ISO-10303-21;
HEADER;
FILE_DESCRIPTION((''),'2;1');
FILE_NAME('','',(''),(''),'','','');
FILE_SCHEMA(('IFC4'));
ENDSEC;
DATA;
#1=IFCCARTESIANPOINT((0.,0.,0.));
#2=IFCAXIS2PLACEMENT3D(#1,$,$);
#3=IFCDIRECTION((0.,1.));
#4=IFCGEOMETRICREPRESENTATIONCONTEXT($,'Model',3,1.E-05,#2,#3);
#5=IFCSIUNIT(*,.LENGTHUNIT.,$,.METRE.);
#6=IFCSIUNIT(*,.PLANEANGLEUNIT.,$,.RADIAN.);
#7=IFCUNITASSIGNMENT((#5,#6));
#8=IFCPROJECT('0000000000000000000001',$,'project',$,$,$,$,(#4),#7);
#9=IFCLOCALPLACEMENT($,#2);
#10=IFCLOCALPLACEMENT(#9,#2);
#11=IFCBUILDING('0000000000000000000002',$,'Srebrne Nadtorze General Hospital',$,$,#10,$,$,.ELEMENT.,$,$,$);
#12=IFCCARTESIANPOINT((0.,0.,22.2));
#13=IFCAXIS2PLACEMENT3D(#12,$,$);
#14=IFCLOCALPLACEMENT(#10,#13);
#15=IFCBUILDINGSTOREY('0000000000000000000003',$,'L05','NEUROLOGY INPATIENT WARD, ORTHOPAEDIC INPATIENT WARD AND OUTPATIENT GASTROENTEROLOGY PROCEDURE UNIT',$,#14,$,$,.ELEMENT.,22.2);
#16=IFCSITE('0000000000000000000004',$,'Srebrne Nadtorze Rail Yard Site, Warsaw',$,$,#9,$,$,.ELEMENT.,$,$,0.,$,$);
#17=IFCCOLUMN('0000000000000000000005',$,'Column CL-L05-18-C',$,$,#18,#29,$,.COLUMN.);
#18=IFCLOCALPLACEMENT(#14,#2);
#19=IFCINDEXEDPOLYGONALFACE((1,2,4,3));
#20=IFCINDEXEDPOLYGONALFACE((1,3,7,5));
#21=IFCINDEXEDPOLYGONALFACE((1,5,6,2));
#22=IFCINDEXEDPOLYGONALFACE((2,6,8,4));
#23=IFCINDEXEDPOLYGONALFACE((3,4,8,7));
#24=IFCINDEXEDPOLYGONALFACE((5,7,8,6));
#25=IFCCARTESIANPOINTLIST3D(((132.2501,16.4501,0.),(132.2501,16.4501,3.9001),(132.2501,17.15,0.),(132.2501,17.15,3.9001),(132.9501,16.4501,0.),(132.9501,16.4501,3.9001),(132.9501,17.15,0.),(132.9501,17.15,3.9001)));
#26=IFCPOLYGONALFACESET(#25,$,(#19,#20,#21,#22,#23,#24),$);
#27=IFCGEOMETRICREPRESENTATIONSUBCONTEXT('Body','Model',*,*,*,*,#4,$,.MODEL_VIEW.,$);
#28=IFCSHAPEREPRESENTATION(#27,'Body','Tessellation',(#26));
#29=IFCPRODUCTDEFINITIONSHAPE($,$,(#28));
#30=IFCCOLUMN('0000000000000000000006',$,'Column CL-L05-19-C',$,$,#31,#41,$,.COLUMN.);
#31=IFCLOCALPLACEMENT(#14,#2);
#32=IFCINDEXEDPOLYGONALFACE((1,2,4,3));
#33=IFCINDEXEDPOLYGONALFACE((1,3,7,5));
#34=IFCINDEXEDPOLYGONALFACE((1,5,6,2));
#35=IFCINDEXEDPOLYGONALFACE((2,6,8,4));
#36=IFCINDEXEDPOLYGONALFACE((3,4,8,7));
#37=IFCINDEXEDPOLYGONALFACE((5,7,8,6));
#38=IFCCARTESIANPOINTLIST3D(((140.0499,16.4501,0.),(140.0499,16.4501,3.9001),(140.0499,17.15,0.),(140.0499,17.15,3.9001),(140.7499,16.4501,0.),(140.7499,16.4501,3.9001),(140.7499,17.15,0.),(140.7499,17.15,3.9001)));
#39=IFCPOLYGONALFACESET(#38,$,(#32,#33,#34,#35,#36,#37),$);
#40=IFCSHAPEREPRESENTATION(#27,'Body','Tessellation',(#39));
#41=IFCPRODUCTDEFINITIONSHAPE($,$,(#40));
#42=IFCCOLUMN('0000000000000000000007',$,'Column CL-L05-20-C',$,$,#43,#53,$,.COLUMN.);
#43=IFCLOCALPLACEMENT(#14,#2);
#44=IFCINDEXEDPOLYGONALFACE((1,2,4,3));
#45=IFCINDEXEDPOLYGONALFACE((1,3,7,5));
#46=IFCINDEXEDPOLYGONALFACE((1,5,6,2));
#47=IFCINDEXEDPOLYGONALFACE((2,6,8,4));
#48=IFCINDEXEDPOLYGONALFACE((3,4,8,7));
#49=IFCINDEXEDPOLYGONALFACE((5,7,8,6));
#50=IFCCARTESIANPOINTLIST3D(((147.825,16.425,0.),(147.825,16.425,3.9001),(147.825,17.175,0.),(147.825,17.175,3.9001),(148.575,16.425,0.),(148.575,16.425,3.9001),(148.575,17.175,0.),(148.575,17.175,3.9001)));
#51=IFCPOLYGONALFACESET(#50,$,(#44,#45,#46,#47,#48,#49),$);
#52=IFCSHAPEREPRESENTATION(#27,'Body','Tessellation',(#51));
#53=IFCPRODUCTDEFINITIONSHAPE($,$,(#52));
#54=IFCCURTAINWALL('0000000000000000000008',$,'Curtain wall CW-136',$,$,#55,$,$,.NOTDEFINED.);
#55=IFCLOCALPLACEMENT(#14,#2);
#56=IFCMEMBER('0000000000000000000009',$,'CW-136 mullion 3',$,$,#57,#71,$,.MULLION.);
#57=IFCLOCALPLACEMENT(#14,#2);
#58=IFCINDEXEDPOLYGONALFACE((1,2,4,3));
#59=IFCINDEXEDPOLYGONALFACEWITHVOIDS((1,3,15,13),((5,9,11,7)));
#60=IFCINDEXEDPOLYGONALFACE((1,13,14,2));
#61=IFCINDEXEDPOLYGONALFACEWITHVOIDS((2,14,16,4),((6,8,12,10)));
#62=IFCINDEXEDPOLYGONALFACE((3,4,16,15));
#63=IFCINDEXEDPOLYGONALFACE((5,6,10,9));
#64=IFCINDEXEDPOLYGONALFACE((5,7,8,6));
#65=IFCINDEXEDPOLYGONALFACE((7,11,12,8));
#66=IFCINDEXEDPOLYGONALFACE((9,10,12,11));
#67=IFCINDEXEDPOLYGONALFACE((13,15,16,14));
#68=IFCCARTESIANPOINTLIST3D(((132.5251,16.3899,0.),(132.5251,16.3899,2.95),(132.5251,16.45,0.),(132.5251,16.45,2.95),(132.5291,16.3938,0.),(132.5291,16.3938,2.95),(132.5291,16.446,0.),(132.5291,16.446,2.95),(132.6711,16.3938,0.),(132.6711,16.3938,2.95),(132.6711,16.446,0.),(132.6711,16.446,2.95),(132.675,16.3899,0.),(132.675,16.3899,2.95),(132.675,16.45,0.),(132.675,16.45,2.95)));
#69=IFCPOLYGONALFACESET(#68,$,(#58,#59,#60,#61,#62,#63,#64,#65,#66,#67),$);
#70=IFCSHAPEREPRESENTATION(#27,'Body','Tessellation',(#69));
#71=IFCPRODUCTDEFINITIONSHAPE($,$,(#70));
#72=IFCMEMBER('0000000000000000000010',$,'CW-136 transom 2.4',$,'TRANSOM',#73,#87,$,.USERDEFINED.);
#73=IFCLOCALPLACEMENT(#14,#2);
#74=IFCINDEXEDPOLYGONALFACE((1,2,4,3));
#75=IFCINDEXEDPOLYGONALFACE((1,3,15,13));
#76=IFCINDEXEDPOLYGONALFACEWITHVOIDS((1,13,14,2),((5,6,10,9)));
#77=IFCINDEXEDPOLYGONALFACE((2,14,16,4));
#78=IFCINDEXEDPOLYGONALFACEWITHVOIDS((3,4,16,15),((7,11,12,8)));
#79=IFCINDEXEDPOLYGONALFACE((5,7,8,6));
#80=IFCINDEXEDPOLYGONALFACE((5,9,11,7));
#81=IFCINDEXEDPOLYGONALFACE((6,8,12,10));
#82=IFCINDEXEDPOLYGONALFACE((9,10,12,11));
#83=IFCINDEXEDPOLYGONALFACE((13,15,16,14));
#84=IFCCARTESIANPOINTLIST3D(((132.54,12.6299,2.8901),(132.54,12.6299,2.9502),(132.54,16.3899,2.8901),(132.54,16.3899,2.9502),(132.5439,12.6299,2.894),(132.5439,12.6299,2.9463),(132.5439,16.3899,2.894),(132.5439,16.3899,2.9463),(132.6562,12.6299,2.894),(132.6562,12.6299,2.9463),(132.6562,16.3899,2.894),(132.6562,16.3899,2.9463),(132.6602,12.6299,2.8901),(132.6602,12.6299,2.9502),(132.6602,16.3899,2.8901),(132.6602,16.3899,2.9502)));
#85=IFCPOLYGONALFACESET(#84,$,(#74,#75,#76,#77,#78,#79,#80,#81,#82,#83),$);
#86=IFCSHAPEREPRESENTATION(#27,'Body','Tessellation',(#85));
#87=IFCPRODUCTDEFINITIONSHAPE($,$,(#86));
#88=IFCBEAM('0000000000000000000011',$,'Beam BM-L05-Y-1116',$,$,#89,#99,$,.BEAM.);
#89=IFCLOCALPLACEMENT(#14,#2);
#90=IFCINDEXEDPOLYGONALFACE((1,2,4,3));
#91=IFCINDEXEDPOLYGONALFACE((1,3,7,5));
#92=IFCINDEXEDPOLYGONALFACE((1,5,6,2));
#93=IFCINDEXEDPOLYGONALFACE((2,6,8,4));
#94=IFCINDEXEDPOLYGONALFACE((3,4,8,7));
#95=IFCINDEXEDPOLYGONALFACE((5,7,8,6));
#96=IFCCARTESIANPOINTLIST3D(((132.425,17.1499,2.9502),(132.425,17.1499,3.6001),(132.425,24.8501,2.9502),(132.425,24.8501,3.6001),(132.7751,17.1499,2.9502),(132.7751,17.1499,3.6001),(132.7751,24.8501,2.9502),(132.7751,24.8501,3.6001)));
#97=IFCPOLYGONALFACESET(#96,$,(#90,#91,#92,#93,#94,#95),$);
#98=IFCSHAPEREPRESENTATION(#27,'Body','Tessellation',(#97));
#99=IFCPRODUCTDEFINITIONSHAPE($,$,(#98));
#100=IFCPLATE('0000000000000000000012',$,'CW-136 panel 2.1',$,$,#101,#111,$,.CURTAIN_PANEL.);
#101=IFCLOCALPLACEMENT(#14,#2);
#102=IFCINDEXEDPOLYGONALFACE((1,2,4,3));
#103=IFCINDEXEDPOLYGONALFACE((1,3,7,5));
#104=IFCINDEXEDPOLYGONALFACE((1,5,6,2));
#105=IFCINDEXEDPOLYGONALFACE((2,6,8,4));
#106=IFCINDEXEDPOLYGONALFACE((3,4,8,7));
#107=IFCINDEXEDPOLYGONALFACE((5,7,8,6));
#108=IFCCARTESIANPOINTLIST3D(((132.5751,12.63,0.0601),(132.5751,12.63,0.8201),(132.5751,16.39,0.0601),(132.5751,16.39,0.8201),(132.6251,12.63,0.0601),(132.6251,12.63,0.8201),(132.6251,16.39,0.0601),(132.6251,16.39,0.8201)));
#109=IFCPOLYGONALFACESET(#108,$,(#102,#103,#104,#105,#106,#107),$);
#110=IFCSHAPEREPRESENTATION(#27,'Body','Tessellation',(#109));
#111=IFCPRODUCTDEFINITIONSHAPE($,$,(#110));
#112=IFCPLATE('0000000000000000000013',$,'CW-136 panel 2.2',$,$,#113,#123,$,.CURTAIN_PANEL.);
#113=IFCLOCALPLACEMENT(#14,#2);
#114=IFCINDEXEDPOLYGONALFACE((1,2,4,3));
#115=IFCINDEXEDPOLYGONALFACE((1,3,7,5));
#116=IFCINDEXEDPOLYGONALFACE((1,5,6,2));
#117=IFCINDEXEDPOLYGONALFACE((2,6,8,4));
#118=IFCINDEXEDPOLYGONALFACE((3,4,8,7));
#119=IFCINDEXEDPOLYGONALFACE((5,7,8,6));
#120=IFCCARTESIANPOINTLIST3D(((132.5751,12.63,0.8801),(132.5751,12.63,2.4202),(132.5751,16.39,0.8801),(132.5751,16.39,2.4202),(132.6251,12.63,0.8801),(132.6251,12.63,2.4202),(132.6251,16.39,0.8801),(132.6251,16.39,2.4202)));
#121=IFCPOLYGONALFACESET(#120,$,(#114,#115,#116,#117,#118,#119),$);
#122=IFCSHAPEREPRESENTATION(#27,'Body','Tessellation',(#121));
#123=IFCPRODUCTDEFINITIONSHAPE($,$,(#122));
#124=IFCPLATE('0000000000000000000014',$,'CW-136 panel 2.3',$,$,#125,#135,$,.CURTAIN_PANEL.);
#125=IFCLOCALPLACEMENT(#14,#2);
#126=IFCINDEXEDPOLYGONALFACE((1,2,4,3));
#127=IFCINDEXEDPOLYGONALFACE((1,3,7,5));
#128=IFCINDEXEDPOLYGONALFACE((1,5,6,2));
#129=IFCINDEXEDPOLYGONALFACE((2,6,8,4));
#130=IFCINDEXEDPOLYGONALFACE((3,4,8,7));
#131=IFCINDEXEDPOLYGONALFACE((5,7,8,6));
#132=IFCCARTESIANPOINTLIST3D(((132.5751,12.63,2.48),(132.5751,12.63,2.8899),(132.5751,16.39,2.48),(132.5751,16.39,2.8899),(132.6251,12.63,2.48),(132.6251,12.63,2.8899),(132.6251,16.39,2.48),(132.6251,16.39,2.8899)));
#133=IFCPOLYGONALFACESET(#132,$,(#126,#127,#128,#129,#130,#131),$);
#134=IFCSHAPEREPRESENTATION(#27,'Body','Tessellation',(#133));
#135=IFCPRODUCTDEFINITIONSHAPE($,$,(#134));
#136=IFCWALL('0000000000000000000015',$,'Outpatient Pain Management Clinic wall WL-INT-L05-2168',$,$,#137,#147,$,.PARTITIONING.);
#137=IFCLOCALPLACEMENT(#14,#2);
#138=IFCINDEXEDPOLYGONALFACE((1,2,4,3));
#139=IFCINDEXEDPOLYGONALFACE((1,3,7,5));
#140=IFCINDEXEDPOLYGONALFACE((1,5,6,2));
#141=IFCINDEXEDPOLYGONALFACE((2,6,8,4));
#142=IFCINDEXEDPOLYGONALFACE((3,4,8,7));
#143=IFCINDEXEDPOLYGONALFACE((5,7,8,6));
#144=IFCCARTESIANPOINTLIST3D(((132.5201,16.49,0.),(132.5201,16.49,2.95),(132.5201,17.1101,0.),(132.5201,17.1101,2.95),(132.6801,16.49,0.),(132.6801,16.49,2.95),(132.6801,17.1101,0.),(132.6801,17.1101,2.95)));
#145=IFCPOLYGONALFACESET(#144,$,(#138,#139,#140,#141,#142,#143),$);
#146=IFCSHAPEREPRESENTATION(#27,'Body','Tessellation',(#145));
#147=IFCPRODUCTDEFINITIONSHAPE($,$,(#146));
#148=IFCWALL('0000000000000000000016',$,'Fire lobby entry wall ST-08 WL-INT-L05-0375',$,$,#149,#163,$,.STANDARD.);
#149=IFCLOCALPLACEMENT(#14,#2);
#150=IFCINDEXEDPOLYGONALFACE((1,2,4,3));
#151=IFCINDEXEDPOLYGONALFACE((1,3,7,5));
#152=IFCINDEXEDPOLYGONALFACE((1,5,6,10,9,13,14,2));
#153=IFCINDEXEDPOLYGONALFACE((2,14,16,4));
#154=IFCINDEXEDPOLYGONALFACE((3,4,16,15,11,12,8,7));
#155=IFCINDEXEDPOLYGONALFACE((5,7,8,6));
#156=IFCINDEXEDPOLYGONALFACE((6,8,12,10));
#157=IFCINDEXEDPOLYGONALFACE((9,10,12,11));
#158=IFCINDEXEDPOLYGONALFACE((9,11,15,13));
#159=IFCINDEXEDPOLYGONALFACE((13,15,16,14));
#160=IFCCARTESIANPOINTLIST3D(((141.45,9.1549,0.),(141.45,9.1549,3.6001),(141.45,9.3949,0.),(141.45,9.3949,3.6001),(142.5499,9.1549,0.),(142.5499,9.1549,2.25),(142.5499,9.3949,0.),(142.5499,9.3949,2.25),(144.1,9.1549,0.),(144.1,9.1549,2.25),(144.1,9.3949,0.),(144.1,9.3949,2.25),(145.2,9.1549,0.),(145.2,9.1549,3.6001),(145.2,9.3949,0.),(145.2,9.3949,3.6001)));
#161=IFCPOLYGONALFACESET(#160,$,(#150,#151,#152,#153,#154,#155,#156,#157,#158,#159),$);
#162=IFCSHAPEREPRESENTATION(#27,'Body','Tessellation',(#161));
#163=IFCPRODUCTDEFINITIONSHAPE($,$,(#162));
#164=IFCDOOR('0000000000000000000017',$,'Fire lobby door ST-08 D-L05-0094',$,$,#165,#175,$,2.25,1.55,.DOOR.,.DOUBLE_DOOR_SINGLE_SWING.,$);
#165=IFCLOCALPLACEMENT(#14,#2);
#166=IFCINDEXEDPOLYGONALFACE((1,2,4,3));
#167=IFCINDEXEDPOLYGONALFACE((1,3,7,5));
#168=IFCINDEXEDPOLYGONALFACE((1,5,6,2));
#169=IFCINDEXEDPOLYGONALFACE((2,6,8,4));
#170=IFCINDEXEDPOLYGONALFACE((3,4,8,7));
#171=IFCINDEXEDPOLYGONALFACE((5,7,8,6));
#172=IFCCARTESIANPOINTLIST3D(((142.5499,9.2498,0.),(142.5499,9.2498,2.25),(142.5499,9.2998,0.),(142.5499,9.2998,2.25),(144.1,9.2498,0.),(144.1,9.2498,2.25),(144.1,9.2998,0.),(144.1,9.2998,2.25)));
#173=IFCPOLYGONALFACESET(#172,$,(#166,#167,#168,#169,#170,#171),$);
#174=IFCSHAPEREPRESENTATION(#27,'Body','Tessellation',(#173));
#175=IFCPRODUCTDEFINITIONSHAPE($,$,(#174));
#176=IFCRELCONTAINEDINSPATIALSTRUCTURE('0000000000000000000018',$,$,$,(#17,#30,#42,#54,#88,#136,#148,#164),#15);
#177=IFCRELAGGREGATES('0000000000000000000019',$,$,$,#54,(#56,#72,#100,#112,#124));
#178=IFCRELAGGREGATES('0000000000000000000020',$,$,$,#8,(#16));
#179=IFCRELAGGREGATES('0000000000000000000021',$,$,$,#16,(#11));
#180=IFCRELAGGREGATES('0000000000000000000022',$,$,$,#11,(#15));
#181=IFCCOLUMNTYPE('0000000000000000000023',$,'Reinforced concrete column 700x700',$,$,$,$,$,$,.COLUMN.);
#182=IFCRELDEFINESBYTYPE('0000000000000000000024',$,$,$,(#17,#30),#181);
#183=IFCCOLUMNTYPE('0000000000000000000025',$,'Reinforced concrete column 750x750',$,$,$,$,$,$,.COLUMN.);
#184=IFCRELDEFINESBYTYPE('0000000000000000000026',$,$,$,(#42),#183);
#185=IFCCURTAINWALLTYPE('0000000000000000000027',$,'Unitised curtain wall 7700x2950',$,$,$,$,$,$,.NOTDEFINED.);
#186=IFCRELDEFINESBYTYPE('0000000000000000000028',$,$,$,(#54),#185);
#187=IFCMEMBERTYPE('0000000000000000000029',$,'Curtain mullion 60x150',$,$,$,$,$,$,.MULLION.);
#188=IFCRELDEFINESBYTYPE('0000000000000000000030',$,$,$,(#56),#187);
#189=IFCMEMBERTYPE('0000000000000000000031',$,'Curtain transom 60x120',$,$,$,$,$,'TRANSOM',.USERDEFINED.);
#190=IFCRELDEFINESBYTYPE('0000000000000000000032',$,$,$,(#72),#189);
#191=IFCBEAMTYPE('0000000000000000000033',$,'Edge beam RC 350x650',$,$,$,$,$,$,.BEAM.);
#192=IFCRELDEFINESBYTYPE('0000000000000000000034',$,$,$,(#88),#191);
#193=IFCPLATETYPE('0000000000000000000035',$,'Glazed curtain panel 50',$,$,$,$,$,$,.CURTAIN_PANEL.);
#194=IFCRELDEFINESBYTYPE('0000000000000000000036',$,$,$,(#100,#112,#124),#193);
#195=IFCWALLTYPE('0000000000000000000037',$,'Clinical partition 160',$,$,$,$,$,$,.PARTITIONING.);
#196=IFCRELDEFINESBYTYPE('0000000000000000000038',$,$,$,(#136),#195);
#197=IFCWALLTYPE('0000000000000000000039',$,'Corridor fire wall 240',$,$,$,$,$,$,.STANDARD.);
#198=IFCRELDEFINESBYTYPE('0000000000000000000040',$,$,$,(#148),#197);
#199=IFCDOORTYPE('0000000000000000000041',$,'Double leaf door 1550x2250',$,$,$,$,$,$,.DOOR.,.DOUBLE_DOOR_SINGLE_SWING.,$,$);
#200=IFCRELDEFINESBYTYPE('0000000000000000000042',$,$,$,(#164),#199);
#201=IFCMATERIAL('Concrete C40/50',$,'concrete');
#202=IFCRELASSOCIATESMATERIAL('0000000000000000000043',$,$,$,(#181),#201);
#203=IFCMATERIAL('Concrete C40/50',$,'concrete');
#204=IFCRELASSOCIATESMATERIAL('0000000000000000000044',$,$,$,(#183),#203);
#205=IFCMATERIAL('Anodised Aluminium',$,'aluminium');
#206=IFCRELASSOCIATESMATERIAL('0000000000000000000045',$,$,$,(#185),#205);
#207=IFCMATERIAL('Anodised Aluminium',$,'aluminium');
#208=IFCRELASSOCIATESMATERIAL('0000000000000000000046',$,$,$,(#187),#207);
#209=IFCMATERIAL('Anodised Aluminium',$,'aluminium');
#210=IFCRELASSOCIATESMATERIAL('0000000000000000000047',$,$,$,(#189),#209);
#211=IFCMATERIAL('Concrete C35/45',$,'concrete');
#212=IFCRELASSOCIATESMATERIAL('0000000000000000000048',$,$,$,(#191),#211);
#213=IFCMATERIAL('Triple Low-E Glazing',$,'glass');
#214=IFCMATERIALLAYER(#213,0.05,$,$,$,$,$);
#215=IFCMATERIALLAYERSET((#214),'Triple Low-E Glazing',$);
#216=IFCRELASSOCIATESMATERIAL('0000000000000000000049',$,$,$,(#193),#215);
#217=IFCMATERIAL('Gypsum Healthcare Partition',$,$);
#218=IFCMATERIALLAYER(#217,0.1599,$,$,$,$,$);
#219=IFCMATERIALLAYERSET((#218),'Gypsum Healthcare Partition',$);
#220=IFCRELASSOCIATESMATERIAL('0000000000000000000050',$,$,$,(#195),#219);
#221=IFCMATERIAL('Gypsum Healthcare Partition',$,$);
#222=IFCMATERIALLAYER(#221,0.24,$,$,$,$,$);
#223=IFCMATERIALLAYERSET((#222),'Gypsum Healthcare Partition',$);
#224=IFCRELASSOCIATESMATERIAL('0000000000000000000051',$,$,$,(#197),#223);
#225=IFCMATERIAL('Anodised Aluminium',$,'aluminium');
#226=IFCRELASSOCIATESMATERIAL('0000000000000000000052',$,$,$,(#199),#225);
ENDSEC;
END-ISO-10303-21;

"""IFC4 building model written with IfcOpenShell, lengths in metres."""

from ifc_helpers import new_model, si_unit, direction, frame, frame_2d, origin, origin_2d, place, context, subcontext, project, spatial, rectangle, hollow_rectangle, extrude, material, layer, layer_set, material_profile, profile_set, type_object, element, fill, aggregate, save


model = new_model("IFC4")

# Units and contexts
model_context = context("Model", 3, precision=1e-05, world=origin(), true_north=direction((0.0, 1.0)))
body_context = subcontext(model_context, "Body", "Model", "MODEL_VIEW")
ifc_project = project(units=[si_unit("LENGTHUNIT", "METRE"), si_unit("PLANEANGLEUNIT", "RADIAN")], contexts=[model_context])

# Site, building, storey
site_placement = place(None, origin())
site = spatial("IfcSite", under=ifc_project, at=site_placement, Name="Srebrne Nadtorze Rail Yard Site, Warsaw", CompositionType="ELEMENT", RefElevation=0.0)
building_placement = place(site_placement, origin())
building = spatial("IfcBuilding", under=site, at=building_placement, Name="Srebrne Nadtorze General Hospital", CompositionType="ELEMENT")
storey_placement = place(building_placement, frame((0.0, 0.0, 22.2)))
storey = spatial("IfcBuildingStorey", under=building, at=storey_placement, Name="L05", Description="NEUROLOGY INPATIENT WARD, ORTHOPAEDIC INPATIENT WARD AND OUTPATIENT GASTROENTEROLOGY PROCEDURE UNIT", CompositionType="ELEMENT", Elevation=22.2)

# Columns
ifc_material_1 = material(Name="Concrete C40/50", Category="concrete")
ifc_material_profile_1 = material_profile(ifc_material_1, rectangle(XDim=0.7, YDim=0.7, at=origin_2d()), Name="RC-COL-700x700")
ifc_profile_set_1 = profile_set([ifc_material_profile_1], Name="Concrete C40/50")
column_type_1 = type_object("IfcColumnType", Name="Reinforced concrete column 700x700", PredefinedType="COLUMN", material=ifc_profile_set_1)
for number, where, z_axis, x_axis, name in (
    (1, (132.6001, 16.8, 0.0), (0.0, 0.0, 1.0), (1.0, 0.0, 0.0), "Column CL-L05-18-C"),
    (2, (140.3999, 16.8, 0.0), (0.0, 0.0, 1.0), (1.0, 0.0, 0.0), "Column CL-L05-19-C"),
):
    element("IfcColumn", number, at=place(storey_placement, frame(where, z_axis=z_axis, x_axis=x_axis)), inside=storey, type_object=column_type_1, Name=name, PredefinedType="COLUMN", context=body_context, shape_type="SweptSolid", body=[
        extrude(rectangle(XDim=0.7, YDim=0.7, at=origin_2d()), origin(), (0.0, 0.0, 1.0), 3.9001),
    ])
ifc_material_2 = material(Name="Concrete C40/50", Category="concrete")
ifc_material_profile_2 = material_profile(ifc_material_2, rectangle(XDim=0.75, YDim=0.75, at=origin_2d()), Name="RC-COL-750x750")
ifc_profile_set_2 = profile_set([ifc_material_profile_2], Name="Concrete C40/50")
column_type_2 = type_object("IfcColumnType", Name="Reinforced concrete column 750x750", PredefinedType="COLUMN", material=ifc_profile_set_2)
column_placement = place(storey_placement, frame((148.2, 16.8, 0.0), z_axis=(0.0, 0.0, 1.0), x_axis=(1.0, 0.0, 0.0)))
element("IfcColumn", 3, at=column_placement, inside=storey, type_object=column_type_2, Name="Column CL-L05-20-C", PredefinedType="COLUMN", context=body_context, shape_type="SweptSolid", body=[
    extrude(rectangle(XDim=0.75, YDim=0.75, at=origin_2d()), origin(), (0.0, 0.0, 1.0), 3.9001),
])

# Curtain wall, members
ifc_material_3 = material(Name="Anodised Aluminium", Category="aluminium")
curtain_wall_type = type_object("IfcCurtainWallType", Name="Unitised curtain wall 7700x2950", PredefinedType="NOTDEFINED", material=ifc_material_3)
curtain_wall_placement = place(storey_placement, origin())
curtain_wall = element("IfcCurtainWall", 4, at=curtain_wall_placement, inside=storey, type_object=curtain_wall_type, Name="Curtain wall CW-136", PredefinedType="NOTDEFINED")
ifc_material_4 = material(Name="Anodised Aluminium", Category="aluminium")
ifc_material_profile_3 = material_profile(ifc_material_4, hollow_rectangle(XDim=0.0601, YDim=0.1499, WallThickness=0.0039, at=origin_2d()), Name="AL-MUL-60x150")
ifc_profile_set_3 = profile_set([ifc_material_profile_3], Name="Anodised Aluminium")
member_type_1 = type_object("IfcMemberType", Name="Curtain mullion 60x150", PredefinedType="MULLION", material=ifc_profile_set_3)
member_1_placement = place(storey_placement, frame((132.6001, 16.4199, 0.0), z_axis=(0.0, 0.0, 1.0), x_axis=(0.0, 1.0, 0.0)))
member_1 = element("IfcMember", 5, at=member_1_placement, type_object=member_type_1, Name="CW-136 mullion 3", PredefinedType="MULLION", context=body_context, shape_type="SweptSolid", body=[
    extrude(hollow_rectangle(XDim=0.0601, YDim=0.1499, WallThickness=0.0039, at=origin_2d()), origin(), (0.0, 0.0, 1.0), 2.95),
])
ifc_material_5 = material(Name="Anodised Aluminium", Category="aluminium")
ifc_material_profile_4 = material_profile(ifc_material_5, hollow_rectangle(XDim=0.0601, YDim=0.1201, WallThickness=0.0039, at=origin_2d()), Name="AL-TRN-60x120")
ifc_profile_set_4 = profile_set([ifc_material_profile_4], Name="Anodised Aluminium")
member_type_2 = type_object("IfcMemberType", Name="Curtain transom 60x120", ElementType="TRANSOM", PredefinedType="USERDEFINED", material=ifc_profile_set_4)
member_2_placement = place(storey_placement, frame((132.6001, 12.6299, 2.9202), z_axis=(0.0, 1.0, 0.0), x_axis=(0.0, 0.0, 1.0)))
member_2 = element("IfcMember", 6, at=member_2_placement, type_object=member_type_2, Name="CW-136 transom 2.4", ObjectType="TRANSOM", PredefinedType="USERDEFINED", context=body_context, shape_type="SweptSolid", body=[
    extrude(hollow_rectangle(XDim=0.0601, YDim=0.1201, WallThickness=0.0039, at=origin_2d()), origin(), (0.0, 0.0, 1.0), 3.76),
])

# Beam
ifc_material_6 = material(Name="Concrete C35/45", Category="concrete")
ifc_material_profile_5 = material_profile(ifc_material_6, rectangle(XDim=0.3501, YDim=0.6499, at=origin_2d()), Name="RC-BM-350x650")
ifc_profile_set_5 = profile_set([ifc_material_profile_5], Name="Concrete C35/45")
beam_type = type_object("IfcBeamType", Name="Edge beam RC 350x650", PredefinedType="BEAM", material=ifc_profile_set_5)
beam_placement = place(storey_placement, frame((132.6001, 17.1499, 3.2751), z_axis=(0.0, 1.0, 0.0), x_axis=(-1.0, 0.0, 0.0)))
element("IfcBeam", 7, at=beam_placement, inside=storey, type_object=beam_type, Name="Beam BM-L05-Y-1116", PredefinedType="BEAM", context=body_context, shape_type="SweptSolid", body=[
    extrude(rectangle(XDim=0.3501, YDim=0.6499, at=origin_2d()), origin(), (0.0, 0.0, 1.0), 7.7002),
])

# Plates
ifc_material_7 = material(Name="Triple Low-E Glazing", Category="glass")
ifc_layer_1 = layer(ifc_material_7, 0.05)
ifc_layer_set_1 = layer_set([ifc_layer_1], Name="Triple Low-E Glazing")
plate_type = type_object("IfcPlateType", Name="Glazed curtain panel 50", PredefinedType="CURTAIN_PANEL", material=ifc_layer_set_1)
plate_1_placement = place(storey_placement, frame((132.6001, 14.51, 0.0601), z_axis=(0.0, 0.0, 1.0), x_axis=(0.0, 1.0, 0.0)))
plate_1 = element("IfcPlate", 8, at=plate_1_placement, type_object=plate_type, Name="CW-136 panel 2.1", PredefinedType="CURTAIN_PANEL", context=body_context, shape_type="SweptSolid", body=[
    extrude(rectangle(XDim=3.76, YDim=0.05, at=origin_2d()), origin(), (0.0, 0.0, 1.0), 0.76),
])
plate_2_placement = place(storey_placement, frame((132.6001, 14.51, 0.8801), z_axis=(0.0, 0.0, 1.0), x_axis=(0.0, 1.0, 0.0)))
plate_2 = element("IfcPlate", 9, at=plate_2_placement, type_object=plate_type, Name="CW-136 panel 2.2", PredefinedType="CURTAIN_PANEL", context=body_context, shape_type="SweptSolid", body=[
    extrude(rectangle(XDim=3.76, YDim=0.05, at=origin_2d()), origin(), (0.0, 0.0, 1.0), 1.54),
])
plate_3_placement = place(storey_placement, frame((132.6001, 14.51, 2.48), z_axis=(0.0, 0.0, 1.0), x_axis=(0.0, 1.0, 0.0)))
plate_3 = element("IfcPlate", 10, at=plate_3_placement, type_object=plate_type, Name="CW-136 panel 2.3", PredefinedType="CURTAIN_PANEL", context=body_context, shape_type="SweptSolid", body=[
    extrude(rectangle(XDim=3.76, YDim=0.05, at=origin_2d()), origin(), (0.0, 0.0, 1.0), 0.4099),
])
aggregate(curtain_wall, [member_1, member_2, plate_1, plate_2, plate_3])

# Wall
ifc_material_8 = material(Name="Gypsum Healthcare Partition")
ifc_layer_2 = layer(ifc_material_8, 0.1599)
ifc_layer_set_2 = layer_set([ifc_layer_2], Name="Gypsum Healthcare Partition")
wall_type_1 = type_object("IfcWallType", Name="Clinical partition 160", PredefinedType="PARTITIONING", material=ifc_layer_set_2)
wall_1_placement = place(storey_placement, frame((132.6001, 16.49, 0.0), z_axis=(0.0, 0.0, 1.0), x_axis=(0.0, 1.0, 0.0)))
element("IfcWall", 11, at=wall_1_placement, inside=storey, type_object=wall_type_1, Name="Outpatient Pain Management Clinic wall WL-INT-L05-2168", PredefinedType="PARTITIONING", context=body_context, shape_type="SweptSolid", body=[
    extrude(rectangle(XDim=0.6201, YDim=0.1599, at=frame_2d((0.3101, 0.0))), origin(), (0.0, 0.0, 1.0), 2.95),
])
ifc_material_9 = material(Name="Gypsum Healthcare Partition")
ifc_layer_3 = layer(ifc_material_9, 0.24)
ifc_layer_set_3 = layer_set([ifc_layer_3], Name="Gypsum Healthcare Partition")
wall_type_2 = type_object("IfcWallType", Name="Corridor fire wall 240", PredefinedType="STANDARD", material=ifc_layer_set_3)

# Wall, opening, door
wall_2_placement = place(storey_placement, frame((141.45, 9.2749, 0.0), z_axis=(0.0, 0.0, 1.0), x_axis=(1.0, 0.0, 0.0)))
wall_2 = element("IfcWall", 12, at=wall_2_placement, inside=storey, type_object=wall_type_2, Name="Fire lobby entry wall ST-08 WL-INT-L05-0375", PredefinedType="STANDARD", context=body_context, shape_type="SweptSolid", body=[
    extrude(rectangle(XDim=3.75, YDim=0.24, at=frame_2d((1.875, 0.0))), origin(), (0.0, 0.0, 1.0), 3.6001),
])
opening_1_placement = place(wall_2_placement, frame((1.1001, 0.0, 0.0)))
opening_1 = element("IfcOpeningElement", 13, at=opening_1_placement, cuts=wall_2, PredefinedType="OPENING", context=body_context, shape_type="SweptSolid", body=[
    extrude(rectangle(XDim=1.55, YDim=2.25, at=frame_2d((0.7749, 1.125))), frame((0.0, 0.1318, 0.0), z_axis=(0.0, -1.0, 0.0), x_axis=(1.0, 0.0, 0.0)), (0.0, 0.0, 1.0), 0.2639),
])
ifc_material_10 = material(Name="Anodised Aluminium", Category="aluminium")
door_type = type_object("IfcDoorType", Name="Double leaf door 1550x2250", OperationType="DOUBLE_DOOR_SINGLE_SWING", PredefinedType="DOOR", material=ifc_material_10)
door_1_placement = place(opening_1_placement, origin())
door_1 = element("IfcDoor", 14, at=door_1_placement, inside=storey, type_object=door_type, Name="Fire lobby door ST-08 D-L05-0094", OperationType="DOUBLE_DOOR_SINGLE_SWING", OverallHeight=2.25, OverallWidth=1.55, PredefinedType="DOOR", context=body_context, shape_type="SweptSolid", body=[
    extrude(rectangle(XDim=1.55, YDim=2.25, at=frame_2d((0.7749, 1.125))), frame((0.0, 0.0249, 0.0), z_axis=(0.0, -1.0, 0.0), x_axis=(1.0, 0.0, 0.0)), (0.0, 0.0, 1.0), 0.05),
])
fill(opening_1, door_1)

save(model, "model.ifc")
